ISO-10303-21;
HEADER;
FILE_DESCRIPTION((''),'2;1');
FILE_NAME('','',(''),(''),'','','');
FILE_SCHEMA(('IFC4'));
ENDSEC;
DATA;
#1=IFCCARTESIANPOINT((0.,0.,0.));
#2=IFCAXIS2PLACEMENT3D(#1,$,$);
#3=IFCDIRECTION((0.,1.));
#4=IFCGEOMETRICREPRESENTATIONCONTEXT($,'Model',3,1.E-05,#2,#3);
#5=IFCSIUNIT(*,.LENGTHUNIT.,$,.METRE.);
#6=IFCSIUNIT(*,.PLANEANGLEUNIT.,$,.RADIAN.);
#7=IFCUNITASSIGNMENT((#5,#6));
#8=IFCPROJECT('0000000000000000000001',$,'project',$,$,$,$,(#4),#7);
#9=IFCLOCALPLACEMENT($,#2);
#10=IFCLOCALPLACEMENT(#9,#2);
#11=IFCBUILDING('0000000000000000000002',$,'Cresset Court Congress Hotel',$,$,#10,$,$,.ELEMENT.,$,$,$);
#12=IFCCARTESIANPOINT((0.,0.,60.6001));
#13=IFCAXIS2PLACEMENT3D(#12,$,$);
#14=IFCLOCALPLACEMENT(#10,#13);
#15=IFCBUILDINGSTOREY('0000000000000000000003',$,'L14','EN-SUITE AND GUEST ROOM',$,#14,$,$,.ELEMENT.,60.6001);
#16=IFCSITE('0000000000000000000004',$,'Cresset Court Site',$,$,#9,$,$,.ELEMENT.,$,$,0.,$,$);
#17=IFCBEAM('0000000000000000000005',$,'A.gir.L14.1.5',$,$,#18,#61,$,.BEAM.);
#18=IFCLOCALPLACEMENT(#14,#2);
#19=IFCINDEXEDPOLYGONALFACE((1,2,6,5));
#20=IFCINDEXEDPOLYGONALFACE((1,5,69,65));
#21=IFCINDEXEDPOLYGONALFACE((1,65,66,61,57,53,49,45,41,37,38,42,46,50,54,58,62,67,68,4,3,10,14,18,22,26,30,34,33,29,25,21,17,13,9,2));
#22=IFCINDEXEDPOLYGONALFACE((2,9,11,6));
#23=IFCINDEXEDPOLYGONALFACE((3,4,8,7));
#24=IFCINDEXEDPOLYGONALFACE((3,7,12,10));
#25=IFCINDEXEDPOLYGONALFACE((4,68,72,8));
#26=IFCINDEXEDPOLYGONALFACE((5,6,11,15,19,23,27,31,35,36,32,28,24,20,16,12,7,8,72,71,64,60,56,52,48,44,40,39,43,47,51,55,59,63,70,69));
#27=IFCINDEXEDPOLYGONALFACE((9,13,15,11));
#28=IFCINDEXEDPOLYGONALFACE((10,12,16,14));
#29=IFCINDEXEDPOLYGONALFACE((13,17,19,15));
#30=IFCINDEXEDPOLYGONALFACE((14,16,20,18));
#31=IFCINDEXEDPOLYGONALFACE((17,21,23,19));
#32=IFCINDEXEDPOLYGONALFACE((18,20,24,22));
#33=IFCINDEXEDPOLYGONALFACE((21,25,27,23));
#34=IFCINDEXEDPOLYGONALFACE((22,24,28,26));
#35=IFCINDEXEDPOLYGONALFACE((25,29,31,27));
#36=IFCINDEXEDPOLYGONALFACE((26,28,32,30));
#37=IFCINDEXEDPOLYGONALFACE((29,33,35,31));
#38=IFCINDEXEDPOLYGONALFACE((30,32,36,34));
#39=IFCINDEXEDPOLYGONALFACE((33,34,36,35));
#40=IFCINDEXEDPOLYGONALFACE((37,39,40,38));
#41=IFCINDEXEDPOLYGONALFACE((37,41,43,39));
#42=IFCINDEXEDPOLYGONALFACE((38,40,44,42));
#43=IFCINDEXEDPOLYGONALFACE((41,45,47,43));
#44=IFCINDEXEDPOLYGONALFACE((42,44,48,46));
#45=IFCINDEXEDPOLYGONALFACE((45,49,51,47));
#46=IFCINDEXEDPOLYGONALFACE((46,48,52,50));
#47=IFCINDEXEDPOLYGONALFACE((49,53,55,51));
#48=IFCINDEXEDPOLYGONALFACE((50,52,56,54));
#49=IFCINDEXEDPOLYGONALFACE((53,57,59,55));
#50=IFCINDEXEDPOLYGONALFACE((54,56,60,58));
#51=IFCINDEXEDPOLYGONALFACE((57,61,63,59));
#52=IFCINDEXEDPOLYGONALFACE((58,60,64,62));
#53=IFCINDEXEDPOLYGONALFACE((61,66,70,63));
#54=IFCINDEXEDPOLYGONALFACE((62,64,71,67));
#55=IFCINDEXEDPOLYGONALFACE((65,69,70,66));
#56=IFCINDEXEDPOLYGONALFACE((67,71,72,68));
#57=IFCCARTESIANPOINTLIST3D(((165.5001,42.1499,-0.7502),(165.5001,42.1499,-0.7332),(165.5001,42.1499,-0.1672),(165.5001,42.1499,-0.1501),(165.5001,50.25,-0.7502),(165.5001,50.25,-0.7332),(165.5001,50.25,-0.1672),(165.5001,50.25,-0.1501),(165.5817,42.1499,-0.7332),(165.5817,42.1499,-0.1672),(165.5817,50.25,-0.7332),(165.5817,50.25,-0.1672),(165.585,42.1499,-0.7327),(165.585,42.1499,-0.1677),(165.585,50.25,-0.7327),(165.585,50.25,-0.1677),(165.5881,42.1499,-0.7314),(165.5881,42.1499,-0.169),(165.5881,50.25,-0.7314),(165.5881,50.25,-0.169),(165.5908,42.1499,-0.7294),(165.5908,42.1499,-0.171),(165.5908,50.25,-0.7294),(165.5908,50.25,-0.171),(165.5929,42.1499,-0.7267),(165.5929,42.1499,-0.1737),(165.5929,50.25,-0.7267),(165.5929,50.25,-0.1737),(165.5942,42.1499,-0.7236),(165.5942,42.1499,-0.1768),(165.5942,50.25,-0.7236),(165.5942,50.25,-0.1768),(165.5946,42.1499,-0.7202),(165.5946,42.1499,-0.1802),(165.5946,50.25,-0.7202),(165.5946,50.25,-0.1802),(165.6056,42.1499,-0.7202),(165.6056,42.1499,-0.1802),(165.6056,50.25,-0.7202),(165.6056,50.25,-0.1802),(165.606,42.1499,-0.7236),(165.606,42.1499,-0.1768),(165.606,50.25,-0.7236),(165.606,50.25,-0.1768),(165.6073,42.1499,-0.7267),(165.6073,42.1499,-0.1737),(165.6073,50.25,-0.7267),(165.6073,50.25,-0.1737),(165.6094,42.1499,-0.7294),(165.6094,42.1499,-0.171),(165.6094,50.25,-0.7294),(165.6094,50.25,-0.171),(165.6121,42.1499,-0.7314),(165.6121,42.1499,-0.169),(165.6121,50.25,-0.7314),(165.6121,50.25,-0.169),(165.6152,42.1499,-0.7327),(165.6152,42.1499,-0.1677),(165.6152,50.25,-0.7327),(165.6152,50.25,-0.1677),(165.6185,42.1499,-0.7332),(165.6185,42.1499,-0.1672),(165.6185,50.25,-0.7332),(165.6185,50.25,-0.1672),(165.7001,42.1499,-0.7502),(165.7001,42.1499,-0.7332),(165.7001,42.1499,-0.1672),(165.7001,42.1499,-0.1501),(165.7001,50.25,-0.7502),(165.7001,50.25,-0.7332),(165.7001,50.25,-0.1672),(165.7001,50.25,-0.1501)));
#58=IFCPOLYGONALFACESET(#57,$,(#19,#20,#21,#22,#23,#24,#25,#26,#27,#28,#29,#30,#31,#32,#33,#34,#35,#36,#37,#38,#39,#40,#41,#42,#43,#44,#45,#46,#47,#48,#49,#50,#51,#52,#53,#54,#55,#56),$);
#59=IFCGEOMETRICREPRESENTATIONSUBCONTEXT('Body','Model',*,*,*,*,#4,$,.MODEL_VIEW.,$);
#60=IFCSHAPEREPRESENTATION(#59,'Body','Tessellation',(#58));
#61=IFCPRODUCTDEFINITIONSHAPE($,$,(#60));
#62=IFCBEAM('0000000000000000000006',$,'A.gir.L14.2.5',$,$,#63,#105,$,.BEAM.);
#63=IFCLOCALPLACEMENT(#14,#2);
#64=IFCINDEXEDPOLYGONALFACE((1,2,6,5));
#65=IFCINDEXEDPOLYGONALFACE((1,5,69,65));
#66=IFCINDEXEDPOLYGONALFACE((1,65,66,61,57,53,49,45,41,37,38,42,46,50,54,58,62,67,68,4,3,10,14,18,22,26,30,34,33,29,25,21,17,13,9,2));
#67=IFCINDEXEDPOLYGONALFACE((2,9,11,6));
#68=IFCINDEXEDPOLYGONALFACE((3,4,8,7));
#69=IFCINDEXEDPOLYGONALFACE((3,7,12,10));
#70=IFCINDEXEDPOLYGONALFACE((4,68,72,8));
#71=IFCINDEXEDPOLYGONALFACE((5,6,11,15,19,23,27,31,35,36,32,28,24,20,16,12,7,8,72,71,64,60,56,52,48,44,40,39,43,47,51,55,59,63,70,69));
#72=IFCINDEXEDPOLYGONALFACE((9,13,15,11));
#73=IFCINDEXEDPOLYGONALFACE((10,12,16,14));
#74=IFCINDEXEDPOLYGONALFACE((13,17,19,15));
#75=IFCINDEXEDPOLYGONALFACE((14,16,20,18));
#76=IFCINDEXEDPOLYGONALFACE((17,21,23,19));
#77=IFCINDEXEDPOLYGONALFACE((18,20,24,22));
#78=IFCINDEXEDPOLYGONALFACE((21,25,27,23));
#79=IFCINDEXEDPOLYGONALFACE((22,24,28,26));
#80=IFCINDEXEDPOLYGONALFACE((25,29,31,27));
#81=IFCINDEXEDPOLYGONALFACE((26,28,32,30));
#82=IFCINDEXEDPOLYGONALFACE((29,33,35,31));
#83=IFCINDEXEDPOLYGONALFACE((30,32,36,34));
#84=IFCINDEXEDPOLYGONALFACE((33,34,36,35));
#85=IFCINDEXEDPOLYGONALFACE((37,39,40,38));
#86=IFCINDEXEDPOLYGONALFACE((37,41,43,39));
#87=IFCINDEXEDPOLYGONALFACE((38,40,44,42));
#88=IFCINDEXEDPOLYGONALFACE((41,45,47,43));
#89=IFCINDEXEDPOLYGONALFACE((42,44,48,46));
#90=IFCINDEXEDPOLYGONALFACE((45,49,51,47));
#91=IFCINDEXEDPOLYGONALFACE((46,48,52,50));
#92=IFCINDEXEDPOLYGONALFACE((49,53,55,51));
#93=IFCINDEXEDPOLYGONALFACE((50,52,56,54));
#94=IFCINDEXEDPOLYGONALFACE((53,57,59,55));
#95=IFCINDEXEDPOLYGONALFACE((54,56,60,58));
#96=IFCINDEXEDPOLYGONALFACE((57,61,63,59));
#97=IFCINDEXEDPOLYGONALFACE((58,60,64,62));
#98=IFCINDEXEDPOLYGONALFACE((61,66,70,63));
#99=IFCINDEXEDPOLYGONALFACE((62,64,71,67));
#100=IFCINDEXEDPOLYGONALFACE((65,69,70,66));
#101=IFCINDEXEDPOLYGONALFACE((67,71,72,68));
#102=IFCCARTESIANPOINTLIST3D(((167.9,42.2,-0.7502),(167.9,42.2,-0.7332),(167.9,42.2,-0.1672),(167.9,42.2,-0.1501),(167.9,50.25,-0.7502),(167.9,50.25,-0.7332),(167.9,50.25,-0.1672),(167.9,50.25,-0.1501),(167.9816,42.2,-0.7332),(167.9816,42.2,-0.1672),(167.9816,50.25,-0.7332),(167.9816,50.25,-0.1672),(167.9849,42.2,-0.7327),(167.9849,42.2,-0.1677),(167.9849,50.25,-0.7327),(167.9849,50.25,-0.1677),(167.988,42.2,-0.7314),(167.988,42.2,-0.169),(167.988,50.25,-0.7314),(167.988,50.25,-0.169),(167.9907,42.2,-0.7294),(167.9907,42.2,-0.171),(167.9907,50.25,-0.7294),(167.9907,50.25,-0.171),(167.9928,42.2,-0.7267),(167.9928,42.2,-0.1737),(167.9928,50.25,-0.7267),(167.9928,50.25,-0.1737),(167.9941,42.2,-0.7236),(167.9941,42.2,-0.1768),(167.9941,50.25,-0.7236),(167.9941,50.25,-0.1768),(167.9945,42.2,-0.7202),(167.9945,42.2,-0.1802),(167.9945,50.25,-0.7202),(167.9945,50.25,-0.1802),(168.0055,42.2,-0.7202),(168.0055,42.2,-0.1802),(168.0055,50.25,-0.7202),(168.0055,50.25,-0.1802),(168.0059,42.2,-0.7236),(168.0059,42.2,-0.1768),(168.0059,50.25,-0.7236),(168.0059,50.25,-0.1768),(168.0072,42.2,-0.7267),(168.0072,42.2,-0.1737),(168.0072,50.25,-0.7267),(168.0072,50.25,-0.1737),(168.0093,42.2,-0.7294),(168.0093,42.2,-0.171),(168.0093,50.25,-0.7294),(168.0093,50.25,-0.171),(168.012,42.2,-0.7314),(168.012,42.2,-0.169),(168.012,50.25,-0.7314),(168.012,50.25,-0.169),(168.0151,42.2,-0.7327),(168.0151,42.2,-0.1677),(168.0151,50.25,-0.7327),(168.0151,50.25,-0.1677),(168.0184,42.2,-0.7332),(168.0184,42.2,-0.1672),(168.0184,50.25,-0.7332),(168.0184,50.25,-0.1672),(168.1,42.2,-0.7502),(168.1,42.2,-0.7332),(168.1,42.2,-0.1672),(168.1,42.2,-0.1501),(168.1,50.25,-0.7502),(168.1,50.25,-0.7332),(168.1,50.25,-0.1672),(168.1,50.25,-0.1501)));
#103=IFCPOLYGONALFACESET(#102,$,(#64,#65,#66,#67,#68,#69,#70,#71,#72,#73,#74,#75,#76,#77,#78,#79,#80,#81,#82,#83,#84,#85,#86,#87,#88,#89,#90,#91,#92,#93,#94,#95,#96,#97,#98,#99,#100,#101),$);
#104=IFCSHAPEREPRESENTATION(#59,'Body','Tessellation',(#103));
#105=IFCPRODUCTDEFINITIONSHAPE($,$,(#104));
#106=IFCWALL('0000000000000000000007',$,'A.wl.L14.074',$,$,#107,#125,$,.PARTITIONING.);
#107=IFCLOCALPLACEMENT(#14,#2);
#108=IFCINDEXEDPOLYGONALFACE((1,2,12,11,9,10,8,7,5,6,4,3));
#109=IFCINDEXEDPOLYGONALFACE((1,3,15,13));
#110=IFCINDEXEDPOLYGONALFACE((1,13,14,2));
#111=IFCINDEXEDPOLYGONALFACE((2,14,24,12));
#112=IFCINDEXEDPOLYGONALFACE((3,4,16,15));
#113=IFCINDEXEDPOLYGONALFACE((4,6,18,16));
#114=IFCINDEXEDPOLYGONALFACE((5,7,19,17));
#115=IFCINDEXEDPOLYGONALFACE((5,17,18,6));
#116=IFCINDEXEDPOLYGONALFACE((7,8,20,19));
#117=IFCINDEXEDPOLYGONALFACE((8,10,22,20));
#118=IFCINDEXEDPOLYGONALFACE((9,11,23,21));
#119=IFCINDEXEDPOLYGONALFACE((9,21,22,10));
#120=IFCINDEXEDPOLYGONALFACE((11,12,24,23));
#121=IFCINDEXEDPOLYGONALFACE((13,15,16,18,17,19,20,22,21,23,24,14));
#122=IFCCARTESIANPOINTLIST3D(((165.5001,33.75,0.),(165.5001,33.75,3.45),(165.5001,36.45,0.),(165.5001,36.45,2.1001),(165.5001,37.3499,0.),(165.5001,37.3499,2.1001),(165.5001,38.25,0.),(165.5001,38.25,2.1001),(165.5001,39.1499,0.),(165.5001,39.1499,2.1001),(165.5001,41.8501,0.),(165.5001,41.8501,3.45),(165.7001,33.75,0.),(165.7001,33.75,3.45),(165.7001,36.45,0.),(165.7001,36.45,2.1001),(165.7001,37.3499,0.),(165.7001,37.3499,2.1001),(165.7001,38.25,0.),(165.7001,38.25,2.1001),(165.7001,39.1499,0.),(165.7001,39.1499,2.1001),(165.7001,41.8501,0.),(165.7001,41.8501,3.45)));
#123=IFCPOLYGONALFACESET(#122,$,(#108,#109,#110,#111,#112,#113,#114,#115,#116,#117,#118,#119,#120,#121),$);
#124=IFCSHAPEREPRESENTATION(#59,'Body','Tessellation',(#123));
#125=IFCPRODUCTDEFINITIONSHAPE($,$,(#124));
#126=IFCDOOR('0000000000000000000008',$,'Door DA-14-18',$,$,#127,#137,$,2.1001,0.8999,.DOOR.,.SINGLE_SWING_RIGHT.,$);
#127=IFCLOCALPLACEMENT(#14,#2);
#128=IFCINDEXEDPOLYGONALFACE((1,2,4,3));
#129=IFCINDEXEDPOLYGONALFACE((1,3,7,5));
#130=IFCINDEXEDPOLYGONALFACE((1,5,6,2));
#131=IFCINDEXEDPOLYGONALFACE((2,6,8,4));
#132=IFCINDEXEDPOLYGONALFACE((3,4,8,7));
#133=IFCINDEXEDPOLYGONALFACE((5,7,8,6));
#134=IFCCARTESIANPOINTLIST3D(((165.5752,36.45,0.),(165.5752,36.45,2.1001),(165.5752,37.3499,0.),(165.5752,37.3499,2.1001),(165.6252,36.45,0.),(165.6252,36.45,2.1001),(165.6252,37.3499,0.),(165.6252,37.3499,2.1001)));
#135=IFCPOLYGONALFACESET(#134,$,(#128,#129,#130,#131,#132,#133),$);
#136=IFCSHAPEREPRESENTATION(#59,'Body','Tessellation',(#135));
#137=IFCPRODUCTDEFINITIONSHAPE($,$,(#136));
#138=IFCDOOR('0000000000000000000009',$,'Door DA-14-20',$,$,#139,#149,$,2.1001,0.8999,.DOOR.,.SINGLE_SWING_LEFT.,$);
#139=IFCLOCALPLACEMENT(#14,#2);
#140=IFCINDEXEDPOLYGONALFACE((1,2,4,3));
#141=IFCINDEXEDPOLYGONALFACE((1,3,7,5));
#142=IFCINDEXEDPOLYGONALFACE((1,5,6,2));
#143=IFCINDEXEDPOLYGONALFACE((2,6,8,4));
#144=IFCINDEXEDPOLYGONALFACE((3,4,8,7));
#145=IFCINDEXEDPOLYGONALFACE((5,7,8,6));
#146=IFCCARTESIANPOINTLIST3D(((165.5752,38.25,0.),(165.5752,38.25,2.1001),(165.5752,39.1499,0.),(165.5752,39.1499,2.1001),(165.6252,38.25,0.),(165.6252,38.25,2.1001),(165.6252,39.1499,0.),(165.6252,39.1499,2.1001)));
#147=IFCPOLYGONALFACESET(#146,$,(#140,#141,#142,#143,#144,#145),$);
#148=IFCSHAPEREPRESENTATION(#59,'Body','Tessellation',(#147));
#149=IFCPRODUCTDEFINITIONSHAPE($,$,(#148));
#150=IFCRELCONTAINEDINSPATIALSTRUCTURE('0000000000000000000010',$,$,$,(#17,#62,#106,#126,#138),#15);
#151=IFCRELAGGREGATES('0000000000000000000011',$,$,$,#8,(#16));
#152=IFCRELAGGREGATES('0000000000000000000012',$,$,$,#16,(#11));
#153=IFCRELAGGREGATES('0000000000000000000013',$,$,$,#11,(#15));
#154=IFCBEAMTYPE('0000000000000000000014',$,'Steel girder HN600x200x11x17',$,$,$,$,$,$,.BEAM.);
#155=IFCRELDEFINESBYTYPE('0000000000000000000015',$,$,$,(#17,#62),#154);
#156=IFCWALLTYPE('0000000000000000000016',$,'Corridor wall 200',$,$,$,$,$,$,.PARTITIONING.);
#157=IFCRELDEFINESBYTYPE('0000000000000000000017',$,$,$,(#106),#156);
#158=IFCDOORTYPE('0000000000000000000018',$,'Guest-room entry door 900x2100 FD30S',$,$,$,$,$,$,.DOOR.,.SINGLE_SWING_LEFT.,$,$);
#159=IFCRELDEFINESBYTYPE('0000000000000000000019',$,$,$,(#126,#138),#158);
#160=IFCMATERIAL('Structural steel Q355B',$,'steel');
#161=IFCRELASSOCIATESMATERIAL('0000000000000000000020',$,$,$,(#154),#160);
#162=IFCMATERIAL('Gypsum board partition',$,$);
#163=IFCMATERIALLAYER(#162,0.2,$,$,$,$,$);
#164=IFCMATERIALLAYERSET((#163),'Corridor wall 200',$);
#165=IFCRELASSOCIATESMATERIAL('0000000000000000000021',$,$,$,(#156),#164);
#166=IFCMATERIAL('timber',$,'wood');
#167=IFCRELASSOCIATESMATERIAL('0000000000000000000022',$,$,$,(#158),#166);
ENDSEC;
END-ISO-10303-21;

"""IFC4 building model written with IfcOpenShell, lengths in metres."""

from ifc_helpers import new_model, si_unit, direction, frame, frame_2d, origin, origin_2d, place, context, subcontext, project, spatial, rectangle, i_section, extrude, material, layer, layer_set, material_profile, profile_set, type_object, element, fill, save


model = new_model("IFC4")

# Units and contexts
model_context = context("Model", 3, precision=1e-05, world=origin(), true_north=direction((0.0, 1.0)))
body_context = subcontext(model_context, "Body", "Model", "MODEL_VIEW")
ifc_project = project(units=[si_unit("LENGTHUNIT", "METRE"), si_unit("PLANEANGLEUNIT", "RADIAN")], contexts=[model_context])

# Site, building, storey
site_placement = place(None, origin())
site = spatial("IfcSite", under=ifc_project, at=site_placement, Name="Cresset Court Site", CompositionType="ELEMENT", RefElevation=0.0)
building_placement = place(site_placement, origin())
building = spatial("IfcBuilding", under=site, at=building_placement, Name="Cresset Court Congress Hotel", CompositionType="ELEMENT")
storey_placement = place(building_placement, frame((0.0, 0.0, 60.6001)))
storey = spatial("IfcBuildingStorey", under=building, at=storey_placement, Name="L14", Description="EN-SUITE AND GUEST ROOM", CompositionType="ELEMENT", Elevation=60.6001)

# Beams
ifc_material_1 = material(Name="Structural steel Q355B", Category="steel")
ifc_material_profile_1 = material_profile(ifc_material_1, i_section(OverallWidth=0.2, OverallDepth=0.6001, WebThickness=0.011, FlangeThickness=0.0171, FilletRadius=0.0129, at=origin_2d()), Name="HN600x200x11x17")
ifc_profile_set_1 = profile_set([ifc_material_profile_1], Name="Structural steel Q355B")
beam_type_1 = type_object("IfcBeamType", Name="Steel girder HN600x200x11x17", PredefinedType="BEAM", material=ifc_profile_set_1)
for number, where, z_axis, x_axis, name in (
    (1, (165.6001, 42.1499, -0.4502), (0.0, 1.0, 0.0), (-1.0, 0.0, 0.0), "A.gir.L14.1.5"),
):
    element("IfcBeam", number, at=place(storey_placement, frame(where, z_axis=z_axis, x_axis=x_axis)), inside=storey, type_object=beam_type_1, Name=name, PredefinedType="BEAM", context=body_context, shape_type="SweptSolid", body=[
        extrude(i_section(OverallWidth=0.2, OverallDepth=0.6001, WebThickness=0.011, FlangeThickness=0.0171, FilletRadius=0.0129, at=origin_2d()), origin(), (0.0, 0.0, 1.0), 8.1001),
    ])
beam_1_placement = place(storey_placement, frame((168.0, 42.2, -0.4502), z_axis=(0.0, 1.0, 0.0), x_axis=(-1.0, 0.0, 0.0)))
element("IfcBeam", 2, at=beam_1_placement, inside=storey, type_object=beam_type_1, Name="A.gir.L14.2.5", PredefinedType="BEAM", context=body_context, shape_type="SweptSolid", body=[
    extrude(i_section(OverallWidth=0.2, OverallDepth=0.6001, WebThickness=0.011, FlangeThickness=0.0171, FilletRadius=0.0129, at=origin_2d()), origin(), (0.0, 0.0, 1.0), 8.05),
])

# Wall, openings, doors
ifc_material_2 = material(Name="Gypsum board partition")
ifc_layer_1 = layer(ifc_material_2, 0.2)
ifc_layer_set_1 = layer_set([ifc_layer_1], Name="Corridor wall 200")
wall_type_1 = type_object("IfcWallType", Name="Corridor wall 200", PredefinedType="PARTITIONING", material=ifc_layer_set_1)
wall_1_placement = place(storey_placement, frame((165.6001, 33.75, 0.0), z_axis=(0.0, 0.0, 1.0), x_axis=(0.0, 1.0, 0.0)))
wall_1 = element("IfcWall", 3, at=wall_1_placement, inside=storey, type_object=wall_type_1, Name="A.wl.L14.074", PredefinedType="PARTITIONING", context=body_context, shape_type="SweptSolid", body=[
    extrude(rectangle(XDim=8.1001, YDim=0.2, at=frame_2d((4.05, 0.0))), origin(), (0.0, 0.0, 1.0), 3.45),
])
opening_1_placement = place(wall_1_placement, frame((2.7, 0.0, 0.0)))
opening_1 = element("IfcOpeningElement", 4, at=opening_1_placement, cuts=wall_1, PredefinedType="OPENING", context=body_context, shape_type="SweptSolid", body=[
    extrude(rectangle(XDim=0.8999, YDim=2.1001, at=frame_2d((0.45, 1.05))), frame((0.0, 0.1099, 0.0), z_axis=(0.0, -1.0, 0.0), x_axis=(1.0, 0.0, 0.0)), (0.0, 0.0, 1.0), 0.22),
])
opening_2_placement = place(wall_1_placement, frame((4.5, 0.0, 0.0)))
opening_2 = element("IfcOpeningElement", 5, at=opening_2_placement, cuts=wall_1, PredefinedType="OPENING", context=body_context, shape_type="SweptSolid", body=[
    extrude(rectangle(XDim=0.8999, YDim=2.1001, at=frame_2d((0.45, 1.05))), frame((0.0, 0.1099, 0.0), z_axis=(0.0, -1.0, 0.0), x_axis=(1.0, 0.0, 0.0)), (0.0, 0.0, 1.0), 0.22),
])
ifc_material_3 = material(Name="timber", Category="wood")
door_type = type_object("IfcDoorType", Name="Guest-room entry door 900x2100 FD30S", OperationType="SINGLE_SWING_LEFT", PredefinedType="DOOR", material=ifc_material_3)
door_1_placement = place(opening_1_placement, origin())
door_1 = element("IfcDoor", 6, at=door_1_placement, inside=storey, type_object=door_type, Name="Door DA-14-18", OperationType="SINGLE_SWING_RIGHT", OverallHeight=2.1001, OverallWidth=0.8999, PredefinedType="DOOR", context=body_context, shape_type="SweptSolid", body=[
    extrude(rectangle(XDim=0.8999, YDim=2.1001, at=frame_2d((0.45, 1.05))), frame((0.0, 0.0249, 0.0), z_axis=(0.0, -1.0, 0.0), x_axis=(1.0, 0.0, 0.0)), (0.0, 0.0, 1.0), 0.05),
])
fill(opening_1, door_1)
door_2_placement = place(opening_2_placement, origin())
door_2 = element("IfcDoor", 7, at=door_2_placement, inside=storey, type_object=door_type, Name="Door DA-14-20", OperationType="SINGLE_SWING_LEFT", OverallHeight=2.1001, OverallWidth=0.8999, PredefinedType="DOOR", context=body_context, shape_type="SweptSolid", body=[
    extrude(rectangle(XDim=0.8999, YDim=2.1001, at=frame_2d((0.45, 1.05))), frame((0.0, 0.0249, 0.0), z_axis=(0.0, -1.0, 0.0), x_axis=(1.0, 0.0, 0.0)), (0.0, 0.0, 1.0), 0.05),
])
fill(opening_2, door_2)

save(model, "model.ifc")
